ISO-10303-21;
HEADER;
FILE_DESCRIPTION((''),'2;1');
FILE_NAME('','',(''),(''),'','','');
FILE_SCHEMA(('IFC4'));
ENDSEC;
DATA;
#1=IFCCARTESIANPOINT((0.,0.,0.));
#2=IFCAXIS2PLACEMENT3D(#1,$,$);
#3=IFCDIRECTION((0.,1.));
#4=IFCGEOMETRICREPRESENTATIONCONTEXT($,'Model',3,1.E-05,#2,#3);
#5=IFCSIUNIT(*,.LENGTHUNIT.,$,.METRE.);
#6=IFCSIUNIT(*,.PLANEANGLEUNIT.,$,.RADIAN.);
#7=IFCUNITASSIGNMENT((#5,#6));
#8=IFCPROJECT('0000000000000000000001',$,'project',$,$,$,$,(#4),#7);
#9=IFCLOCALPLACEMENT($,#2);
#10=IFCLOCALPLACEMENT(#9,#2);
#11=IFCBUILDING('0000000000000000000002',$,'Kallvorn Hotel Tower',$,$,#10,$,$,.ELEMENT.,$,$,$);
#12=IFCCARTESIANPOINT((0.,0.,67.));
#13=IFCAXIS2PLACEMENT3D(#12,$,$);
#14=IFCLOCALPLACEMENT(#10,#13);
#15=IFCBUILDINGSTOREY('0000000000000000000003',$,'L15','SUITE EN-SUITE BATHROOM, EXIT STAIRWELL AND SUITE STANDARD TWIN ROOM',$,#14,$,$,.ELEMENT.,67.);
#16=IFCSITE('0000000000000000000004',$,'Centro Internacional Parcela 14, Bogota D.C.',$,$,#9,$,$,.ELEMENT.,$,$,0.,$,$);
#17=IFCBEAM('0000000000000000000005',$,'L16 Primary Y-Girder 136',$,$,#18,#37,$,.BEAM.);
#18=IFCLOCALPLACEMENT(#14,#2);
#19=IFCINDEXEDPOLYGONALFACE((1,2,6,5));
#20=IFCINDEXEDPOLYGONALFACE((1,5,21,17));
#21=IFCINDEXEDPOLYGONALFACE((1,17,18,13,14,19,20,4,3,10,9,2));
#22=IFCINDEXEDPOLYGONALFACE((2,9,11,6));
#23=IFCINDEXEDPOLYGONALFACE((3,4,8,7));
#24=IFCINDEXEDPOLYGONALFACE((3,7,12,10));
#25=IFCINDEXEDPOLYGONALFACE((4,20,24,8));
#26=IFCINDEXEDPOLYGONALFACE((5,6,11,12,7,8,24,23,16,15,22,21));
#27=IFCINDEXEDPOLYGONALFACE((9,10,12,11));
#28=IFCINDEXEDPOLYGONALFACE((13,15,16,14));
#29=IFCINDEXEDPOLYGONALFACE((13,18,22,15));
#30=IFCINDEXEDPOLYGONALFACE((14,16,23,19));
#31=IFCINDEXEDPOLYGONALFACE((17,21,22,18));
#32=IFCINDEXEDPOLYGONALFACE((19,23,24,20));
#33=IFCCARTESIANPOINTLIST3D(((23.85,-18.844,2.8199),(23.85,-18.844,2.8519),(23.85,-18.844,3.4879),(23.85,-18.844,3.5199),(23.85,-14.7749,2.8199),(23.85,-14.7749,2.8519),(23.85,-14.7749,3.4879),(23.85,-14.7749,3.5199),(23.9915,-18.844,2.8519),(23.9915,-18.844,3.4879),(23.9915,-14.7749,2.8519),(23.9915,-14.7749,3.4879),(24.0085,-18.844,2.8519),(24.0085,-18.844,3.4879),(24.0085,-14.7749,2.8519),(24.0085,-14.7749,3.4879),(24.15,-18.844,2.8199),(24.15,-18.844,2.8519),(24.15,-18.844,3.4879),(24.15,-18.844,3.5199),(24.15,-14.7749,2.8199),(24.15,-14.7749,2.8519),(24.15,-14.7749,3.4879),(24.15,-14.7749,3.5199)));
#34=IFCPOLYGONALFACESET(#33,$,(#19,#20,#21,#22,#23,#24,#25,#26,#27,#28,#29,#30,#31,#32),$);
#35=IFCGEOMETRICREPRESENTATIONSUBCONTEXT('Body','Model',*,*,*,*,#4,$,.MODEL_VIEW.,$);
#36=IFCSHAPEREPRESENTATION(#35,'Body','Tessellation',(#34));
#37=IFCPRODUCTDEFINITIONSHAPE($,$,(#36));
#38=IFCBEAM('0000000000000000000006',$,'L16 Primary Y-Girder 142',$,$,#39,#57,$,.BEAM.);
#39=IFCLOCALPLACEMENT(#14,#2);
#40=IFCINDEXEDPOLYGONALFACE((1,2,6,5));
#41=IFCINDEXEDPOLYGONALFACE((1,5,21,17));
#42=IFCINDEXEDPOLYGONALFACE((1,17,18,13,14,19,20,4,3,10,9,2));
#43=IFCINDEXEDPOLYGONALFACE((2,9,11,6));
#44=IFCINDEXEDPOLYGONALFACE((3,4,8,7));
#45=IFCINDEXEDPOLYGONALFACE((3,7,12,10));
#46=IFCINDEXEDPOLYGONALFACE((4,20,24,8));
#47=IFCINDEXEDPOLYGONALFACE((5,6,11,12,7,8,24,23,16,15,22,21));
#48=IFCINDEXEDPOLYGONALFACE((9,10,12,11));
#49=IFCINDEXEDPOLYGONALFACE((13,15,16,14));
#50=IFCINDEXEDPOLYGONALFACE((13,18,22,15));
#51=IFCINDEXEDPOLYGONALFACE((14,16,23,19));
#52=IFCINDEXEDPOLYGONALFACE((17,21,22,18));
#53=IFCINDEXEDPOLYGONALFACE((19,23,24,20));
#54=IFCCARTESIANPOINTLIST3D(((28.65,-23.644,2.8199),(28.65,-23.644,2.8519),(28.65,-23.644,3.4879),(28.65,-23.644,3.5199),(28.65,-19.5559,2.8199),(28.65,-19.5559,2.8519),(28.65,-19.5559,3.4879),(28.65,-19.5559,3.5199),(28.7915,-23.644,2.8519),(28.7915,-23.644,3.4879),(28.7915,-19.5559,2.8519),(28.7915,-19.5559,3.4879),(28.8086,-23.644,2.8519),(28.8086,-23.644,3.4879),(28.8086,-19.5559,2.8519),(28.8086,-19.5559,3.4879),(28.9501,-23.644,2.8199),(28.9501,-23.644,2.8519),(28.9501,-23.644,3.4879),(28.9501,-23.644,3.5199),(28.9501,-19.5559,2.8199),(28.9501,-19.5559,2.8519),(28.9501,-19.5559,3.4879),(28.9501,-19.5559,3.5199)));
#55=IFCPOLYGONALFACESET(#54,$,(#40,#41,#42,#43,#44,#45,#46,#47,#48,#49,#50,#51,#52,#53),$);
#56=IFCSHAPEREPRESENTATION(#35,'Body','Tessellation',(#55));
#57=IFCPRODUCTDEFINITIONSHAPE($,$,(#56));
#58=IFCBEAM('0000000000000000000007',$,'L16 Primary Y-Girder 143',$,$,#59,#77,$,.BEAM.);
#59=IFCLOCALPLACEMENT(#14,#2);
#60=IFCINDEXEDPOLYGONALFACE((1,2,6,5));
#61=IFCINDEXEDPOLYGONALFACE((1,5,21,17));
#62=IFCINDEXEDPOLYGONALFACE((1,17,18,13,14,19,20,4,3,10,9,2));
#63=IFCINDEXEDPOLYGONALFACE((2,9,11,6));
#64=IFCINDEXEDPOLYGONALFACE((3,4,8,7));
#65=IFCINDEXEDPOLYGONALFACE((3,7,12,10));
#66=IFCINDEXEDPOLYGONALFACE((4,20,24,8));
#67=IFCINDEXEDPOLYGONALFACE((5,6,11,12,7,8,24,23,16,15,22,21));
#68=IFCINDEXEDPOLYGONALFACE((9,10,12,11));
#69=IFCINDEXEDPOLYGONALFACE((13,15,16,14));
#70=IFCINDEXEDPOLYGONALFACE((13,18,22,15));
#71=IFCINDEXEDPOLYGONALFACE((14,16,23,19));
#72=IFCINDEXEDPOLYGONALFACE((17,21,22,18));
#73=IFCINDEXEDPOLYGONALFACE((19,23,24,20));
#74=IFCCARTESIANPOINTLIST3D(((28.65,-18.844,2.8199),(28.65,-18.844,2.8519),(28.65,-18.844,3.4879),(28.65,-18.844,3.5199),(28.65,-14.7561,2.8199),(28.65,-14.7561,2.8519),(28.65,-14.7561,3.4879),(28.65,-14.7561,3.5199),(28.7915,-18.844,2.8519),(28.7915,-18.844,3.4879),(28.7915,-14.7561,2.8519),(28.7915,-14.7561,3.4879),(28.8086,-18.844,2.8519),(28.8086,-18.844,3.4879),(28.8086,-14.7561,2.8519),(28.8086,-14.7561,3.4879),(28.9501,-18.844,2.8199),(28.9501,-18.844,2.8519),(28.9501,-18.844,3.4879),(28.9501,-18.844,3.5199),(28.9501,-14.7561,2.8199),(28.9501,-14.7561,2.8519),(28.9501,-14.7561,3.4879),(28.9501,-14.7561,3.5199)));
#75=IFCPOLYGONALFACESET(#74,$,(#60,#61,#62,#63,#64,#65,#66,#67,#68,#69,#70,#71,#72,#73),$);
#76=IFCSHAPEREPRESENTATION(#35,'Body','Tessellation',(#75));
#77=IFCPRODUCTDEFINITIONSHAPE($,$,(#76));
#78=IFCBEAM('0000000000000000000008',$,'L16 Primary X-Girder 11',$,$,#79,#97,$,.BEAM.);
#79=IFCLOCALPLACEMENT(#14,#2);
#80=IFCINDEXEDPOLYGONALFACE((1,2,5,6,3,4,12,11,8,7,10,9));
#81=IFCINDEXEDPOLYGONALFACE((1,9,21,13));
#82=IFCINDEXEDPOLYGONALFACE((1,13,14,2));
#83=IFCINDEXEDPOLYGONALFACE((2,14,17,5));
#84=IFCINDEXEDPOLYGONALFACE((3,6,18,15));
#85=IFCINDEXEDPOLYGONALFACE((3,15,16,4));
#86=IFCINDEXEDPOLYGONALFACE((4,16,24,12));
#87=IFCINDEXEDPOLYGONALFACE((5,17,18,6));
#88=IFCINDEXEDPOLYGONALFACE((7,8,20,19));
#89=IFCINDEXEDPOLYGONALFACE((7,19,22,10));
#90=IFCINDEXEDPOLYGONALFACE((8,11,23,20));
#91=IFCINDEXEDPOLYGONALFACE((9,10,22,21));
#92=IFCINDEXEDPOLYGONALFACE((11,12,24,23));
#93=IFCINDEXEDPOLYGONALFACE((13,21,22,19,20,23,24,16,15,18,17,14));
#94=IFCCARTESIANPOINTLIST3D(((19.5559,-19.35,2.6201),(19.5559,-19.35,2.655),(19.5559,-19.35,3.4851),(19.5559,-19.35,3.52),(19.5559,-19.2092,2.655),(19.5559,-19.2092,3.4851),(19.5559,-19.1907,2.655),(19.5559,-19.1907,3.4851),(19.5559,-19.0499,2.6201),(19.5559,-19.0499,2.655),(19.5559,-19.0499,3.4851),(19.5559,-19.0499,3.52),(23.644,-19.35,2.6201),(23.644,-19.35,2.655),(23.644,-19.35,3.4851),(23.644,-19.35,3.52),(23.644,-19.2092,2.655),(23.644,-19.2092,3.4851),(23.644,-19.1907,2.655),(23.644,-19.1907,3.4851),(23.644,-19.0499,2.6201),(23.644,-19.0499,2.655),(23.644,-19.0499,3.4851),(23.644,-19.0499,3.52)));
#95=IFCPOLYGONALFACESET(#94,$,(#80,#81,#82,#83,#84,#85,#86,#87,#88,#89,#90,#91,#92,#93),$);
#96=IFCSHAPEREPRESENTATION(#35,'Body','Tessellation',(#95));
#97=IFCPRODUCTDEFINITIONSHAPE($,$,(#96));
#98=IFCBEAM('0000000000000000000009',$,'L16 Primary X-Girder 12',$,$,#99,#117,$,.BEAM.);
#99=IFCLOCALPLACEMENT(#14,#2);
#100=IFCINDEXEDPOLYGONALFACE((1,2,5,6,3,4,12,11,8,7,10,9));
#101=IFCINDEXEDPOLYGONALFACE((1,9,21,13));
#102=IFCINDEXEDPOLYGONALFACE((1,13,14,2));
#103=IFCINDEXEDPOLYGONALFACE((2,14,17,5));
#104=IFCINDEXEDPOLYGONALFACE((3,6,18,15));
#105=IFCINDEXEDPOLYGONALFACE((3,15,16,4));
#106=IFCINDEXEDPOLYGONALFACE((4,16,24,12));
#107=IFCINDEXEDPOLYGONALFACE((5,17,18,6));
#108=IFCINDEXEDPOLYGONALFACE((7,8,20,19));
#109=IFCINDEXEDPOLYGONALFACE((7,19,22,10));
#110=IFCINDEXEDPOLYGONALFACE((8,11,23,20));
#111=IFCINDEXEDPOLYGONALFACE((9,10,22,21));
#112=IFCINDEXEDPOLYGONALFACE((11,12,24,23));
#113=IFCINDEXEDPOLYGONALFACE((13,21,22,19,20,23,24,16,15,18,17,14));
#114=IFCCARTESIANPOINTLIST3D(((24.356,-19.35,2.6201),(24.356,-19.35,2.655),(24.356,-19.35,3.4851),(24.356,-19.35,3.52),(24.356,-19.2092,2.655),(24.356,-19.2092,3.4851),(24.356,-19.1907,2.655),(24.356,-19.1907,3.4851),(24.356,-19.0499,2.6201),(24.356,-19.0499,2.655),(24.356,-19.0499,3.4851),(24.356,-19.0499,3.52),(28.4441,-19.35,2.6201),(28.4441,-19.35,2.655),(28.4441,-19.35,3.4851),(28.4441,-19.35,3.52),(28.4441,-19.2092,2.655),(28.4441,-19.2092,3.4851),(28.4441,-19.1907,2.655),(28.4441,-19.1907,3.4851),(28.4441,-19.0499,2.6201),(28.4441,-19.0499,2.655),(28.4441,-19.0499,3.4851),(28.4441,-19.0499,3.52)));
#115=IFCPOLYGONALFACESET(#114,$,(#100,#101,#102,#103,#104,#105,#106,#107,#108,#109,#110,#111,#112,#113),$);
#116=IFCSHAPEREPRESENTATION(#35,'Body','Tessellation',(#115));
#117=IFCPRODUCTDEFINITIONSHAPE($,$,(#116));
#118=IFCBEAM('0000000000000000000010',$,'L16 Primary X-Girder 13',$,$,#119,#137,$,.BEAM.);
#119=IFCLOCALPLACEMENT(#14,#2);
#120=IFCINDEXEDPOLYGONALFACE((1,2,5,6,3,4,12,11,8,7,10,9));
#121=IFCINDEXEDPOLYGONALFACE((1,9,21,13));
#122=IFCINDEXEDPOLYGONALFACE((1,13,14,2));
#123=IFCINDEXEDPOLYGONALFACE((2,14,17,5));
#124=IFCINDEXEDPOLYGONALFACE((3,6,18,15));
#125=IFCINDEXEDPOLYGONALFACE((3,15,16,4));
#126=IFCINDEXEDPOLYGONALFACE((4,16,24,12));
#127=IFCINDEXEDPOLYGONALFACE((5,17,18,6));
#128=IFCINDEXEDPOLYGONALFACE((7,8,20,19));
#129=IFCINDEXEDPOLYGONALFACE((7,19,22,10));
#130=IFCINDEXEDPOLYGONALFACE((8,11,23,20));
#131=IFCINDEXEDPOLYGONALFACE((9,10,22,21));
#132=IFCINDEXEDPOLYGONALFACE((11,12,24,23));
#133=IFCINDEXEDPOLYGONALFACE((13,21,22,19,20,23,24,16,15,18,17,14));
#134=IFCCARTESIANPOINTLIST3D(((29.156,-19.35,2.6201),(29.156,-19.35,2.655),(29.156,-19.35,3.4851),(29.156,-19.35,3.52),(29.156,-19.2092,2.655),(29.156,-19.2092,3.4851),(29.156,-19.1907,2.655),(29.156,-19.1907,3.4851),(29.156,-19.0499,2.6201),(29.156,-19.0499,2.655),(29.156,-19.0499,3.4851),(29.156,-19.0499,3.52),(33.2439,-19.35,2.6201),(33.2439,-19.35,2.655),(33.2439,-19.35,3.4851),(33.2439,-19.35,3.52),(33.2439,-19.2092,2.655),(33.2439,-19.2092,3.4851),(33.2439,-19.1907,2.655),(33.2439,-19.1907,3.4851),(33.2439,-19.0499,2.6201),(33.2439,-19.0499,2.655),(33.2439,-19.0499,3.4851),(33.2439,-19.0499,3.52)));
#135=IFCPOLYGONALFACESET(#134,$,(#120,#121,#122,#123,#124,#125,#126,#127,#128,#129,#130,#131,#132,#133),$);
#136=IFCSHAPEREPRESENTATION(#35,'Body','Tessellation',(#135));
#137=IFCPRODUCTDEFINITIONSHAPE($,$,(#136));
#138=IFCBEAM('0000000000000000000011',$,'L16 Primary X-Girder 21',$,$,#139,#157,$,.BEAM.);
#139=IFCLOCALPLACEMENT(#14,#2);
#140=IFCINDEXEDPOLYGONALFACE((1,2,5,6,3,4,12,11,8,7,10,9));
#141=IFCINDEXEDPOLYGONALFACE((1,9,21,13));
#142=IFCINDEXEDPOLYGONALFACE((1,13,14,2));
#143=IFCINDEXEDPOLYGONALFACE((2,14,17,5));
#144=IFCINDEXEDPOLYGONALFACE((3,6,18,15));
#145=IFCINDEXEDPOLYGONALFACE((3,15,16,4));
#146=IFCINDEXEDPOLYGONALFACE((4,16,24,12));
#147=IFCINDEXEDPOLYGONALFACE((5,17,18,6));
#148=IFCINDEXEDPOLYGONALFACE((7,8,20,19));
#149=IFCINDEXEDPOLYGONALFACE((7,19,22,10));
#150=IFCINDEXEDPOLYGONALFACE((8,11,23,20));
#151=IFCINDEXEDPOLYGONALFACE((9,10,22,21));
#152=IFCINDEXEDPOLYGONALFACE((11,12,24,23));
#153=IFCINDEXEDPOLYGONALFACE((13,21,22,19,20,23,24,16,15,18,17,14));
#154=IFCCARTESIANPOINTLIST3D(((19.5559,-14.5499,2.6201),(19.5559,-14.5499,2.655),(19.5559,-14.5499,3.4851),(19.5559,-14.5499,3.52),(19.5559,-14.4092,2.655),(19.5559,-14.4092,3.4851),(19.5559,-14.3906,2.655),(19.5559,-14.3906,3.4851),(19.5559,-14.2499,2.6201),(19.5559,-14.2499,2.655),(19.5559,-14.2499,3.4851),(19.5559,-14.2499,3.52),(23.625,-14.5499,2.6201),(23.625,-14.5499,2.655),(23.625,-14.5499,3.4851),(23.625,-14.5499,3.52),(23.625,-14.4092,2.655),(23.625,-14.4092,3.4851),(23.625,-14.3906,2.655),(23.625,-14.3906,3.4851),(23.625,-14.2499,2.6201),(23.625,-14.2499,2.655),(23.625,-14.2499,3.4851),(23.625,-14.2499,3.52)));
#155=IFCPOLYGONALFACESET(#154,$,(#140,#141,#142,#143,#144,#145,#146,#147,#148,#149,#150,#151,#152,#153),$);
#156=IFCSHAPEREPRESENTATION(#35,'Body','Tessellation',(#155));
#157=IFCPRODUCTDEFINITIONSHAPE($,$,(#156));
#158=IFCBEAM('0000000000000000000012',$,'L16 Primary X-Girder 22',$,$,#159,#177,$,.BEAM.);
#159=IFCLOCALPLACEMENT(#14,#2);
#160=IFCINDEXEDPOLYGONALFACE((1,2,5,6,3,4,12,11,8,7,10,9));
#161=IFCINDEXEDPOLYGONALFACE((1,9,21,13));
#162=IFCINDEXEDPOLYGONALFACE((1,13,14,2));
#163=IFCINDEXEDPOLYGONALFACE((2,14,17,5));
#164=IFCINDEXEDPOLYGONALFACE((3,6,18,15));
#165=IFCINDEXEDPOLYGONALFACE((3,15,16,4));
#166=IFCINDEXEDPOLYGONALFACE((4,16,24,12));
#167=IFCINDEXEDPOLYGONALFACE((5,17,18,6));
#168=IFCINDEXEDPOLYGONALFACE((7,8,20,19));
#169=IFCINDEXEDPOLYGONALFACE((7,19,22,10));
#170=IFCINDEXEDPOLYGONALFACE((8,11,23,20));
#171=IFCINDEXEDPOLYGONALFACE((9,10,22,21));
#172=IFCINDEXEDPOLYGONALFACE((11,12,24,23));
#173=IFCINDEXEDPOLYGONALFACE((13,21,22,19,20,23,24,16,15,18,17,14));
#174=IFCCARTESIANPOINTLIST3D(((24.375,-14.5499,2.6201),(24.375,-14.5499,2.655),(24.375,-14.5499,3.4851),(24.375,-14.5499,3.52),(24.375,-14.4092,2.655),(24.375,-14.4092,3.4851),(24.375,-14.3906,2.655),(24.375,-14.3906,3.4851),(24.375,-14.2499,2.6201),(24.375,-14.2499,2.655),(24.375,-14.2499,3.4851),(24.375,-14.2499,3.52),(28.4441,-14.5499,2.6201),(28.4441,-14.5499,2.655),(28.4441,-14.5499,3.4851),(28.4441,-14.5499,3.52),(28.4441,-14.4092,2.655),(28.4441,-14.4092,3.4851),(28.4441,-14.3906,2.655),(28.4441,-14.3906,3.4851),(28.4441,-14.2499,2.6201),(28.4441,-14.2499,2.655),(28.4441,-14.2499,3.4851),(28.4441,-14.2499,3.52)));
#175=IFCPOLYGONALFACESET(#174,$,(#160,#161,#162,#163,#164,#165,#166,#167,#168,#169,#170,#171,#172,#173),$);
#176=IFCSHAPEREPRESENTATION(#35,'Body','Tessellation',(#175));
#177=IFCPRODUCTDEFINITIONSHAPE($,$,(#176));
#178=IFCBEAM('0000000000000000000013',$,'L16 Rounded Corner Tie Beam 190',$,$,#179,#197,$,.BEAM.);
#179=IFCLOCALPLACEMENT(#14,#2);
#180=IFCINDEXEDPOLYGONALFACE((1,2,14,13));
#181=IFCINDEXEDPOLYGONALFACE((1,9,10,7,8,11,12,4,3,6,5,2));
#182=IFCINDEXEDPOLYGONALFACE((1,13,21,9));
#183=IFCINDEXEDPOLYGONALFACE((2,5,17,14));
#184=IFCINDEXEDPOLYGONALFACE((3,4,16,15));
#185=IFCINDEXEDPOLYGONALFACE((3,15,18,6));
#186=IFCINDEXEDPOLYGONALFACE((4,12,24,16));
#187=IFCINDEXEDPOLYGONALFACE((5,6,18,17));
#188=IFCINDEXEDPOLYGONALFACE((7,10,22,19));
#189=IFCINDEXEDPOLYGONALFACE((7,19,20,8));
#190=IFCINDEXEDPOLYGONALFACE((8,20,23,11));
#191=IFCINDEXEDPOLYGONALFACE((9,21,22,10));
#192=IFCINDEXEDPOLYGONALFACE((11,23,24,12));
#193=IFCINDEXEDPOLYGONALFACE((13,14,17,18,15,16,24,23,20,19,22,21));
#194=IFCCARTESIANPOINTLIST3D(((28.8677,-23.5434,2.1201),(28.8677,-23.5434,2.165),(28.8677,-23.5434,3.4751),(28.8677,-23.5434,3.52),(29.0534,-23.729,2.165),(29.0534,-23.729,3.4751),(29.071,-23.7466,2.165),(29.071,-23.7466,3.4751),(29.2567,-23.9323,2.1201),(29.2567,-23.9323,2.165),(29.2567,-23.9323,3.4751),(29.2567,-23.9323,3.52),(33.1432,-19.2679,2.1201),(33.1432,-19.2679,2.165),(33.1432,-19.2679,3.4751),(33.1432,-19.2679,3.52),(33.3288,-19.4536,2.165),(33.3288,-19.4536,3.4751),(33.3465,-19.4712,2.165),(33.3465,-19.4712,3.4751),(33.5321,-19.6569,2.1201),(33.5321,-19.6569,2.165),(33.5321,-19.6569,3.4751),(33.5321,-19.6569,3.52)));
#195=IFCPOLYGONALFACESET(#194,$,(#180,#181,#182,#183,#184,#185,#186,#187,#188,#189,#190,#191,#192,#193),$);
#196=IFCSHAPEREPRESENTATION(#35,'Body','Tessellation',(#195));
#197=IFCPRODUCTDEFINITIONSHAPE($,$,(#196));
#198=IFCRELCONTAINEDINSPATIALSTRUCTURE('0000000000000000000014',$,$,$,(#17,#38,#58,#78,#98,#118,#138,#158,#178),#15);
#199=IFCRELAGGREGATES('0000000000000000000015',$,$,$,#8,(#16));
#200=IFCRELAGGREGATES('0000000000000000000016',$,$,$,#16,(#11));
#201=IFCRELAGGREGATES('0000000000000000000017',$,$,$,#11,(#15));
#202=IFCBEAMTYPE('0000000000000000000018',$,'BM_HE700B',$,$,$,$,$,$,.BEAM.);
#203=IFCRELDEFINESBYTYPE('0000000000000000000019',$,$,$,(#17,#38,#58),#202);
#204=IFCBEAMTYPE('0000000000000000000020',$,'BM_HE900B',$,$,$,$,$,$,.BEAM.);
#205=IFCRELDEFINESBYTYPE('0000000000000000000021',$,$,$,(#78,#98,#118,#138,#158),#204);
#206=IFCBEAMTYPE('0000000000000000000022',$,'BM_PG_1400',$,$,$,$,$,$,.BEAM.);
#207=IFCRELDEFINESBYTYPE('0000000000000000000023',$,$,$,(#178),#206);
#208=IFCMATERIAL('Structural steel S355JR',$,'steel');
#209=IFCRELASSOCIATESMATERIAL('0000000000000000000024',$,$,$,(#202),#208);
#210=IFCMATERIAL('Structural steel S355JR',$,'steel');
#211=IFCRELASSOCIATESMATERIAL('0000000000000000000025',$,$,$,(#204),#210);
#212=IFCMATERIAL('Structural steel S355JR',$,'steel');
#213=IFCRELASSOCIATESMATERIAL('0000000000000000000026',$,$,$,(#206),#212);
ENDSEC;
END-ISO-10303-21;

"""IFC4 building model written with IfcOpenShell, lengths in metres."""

from ifc_helpers import new_model, si_unit, direction, frame, origin, origin_2d, place, context, subcontext, project, spatial, i_section, extrude, material, material_profile, profile_set, type_object, element, save


model = new_model("IFC4")

# Units and contexts
model_context = context("Model", 3, precision=1e-05, world=origin(), true_north=direction((0.0, 1.0)))
body_context = subcontext(model_context, "Body", "Model", "MODEL_VIEW")
ifc_project = project(units=[si_unit("LENGTHUNIT", "METRE"), si_unit("PLANEANGLEUNIT", "RADIAN")], contexts=[model_context])

# Site, building, storey
site_placement = place(None, origin())
site = spatial("IfcSite", under=ifc_project, at=site_placement, Name="Centro Internacional Parcela 14, Bogota D.C.", CompositionType="ELEMENT", RefElevation=0.0)
building_placement = place(site_placement, origin())
building = spatial("IfcBuilding", under=site, at=building_placement, Name="Kallvorn Hotel Tower", CompositionType="ELEMENT")
storey_placement = place(building_placement, frame((0.0, 0.0, 67.0)))
storey = spatial("IfcBuildingStorey", under=building, at=storey_placement, Name="L15", Description="SUITE EN-SUITE BATHROOM, EXIT STAIRWELL AND SUITE STANDARD TWIN ROOM", CompositionType="ELEMENT", Elevation=67.0)

# Beams
ifc_material_1 = material(Name="Structural steel S355JR", Category="steel")
ifc_material_profile_1 = material_profile(ifc_material_1, i_section(OverallWidth=0.3, OverallDepth=0.7, WebThickness=0.0171, FlangeThickness=0.032, at=origin_2d()), Name="HE 700 B")
ifc_profile_set_1 = profile_set([ifc_material_profile_1], Name="Structural steel S355JR")
beam_type_1 = type_object("IfcBeamType", Name="BM_HE700B", PredefinedType="BEAM", material=ifc_profile_set_1)
beam_1_placement = place(storey_placement, frame((24.0, -18.844, 3.1699), z_axis=(0.0, 1.0, 0.0), x_axis=(-1.0, 0.0, 0.0)))
element("IfcBeam", 1, at=beam_1_placement, inside=storey, type_object=beam_type_1, Name="L16 Primary Y-Girder 136", PredefinedType="BEAM", context=body_context, shape_type="SweptSolid", body=[
    extrude(i_section(OverallWidth=0.3, OverallDepth=0.7, WebThickness=0.0171, FlangeThickness=0.032, at=origin_2d()), origin(), (0.0, 0.0, 1.0), 4.0691),
])
beam_2_placement = place(storey_placement, frame((28.8, -23.644, 3.1699), z_axis=(0.0, 1.0, 0.0), x_axis=(-1.0, 0.0, 0.0)))
element("IfcBeam", 2, at=beam_2_placement, inside=storey, type_object=beam_type_1, Name="L16 Primary Y-Girder 142", PredefinedType="BEAM", context=body_context, shape_type="SweptSolid", body=[
    extrude(i_section(OverallWidth=0.3, OverallDepth=0.7, WebThickness=0.0171, FlangeThickness=0.032, at=origin_2d()), origin(), (0.0, 0.0, 1.0), 4.0881),
])
beam_3_placement = place(storey_placement, frame((28.8, -18.844, 3.1699), z_axis=(0.0, 1.0, 0.0), x_axis=(-1.0, 0.0, 0.0)))
element("IfcBeam", 3, at=beam_3_placement, inside=storey, type_object=beam_type_1, Name="L16 Primary Y-Girder 143", PredefinedType="BEAM", context=body_context, shape_type="SweptSolid", body=[
    extrude(i_section(OverallWidth=0.3, OverallDepth=0.7, WebThickness=0.0171, FlangeThickness=0.032, at=origin_2d()), origin(), (0.0, 0.0, 1.0), 4.0879),
])
ifc_material_2 = material(Name="Structural steel S355JR", Category="steel")
ifc_material_profile_2 = material_profile(ifc_material_2, i_section(OverallWidth=0.3, OverallDepth=0.8999, WebThickness=0.0186, FlangeThickness=0.0349, at=origin_2d()), Name="HE 900 B")
ifc_profile_set_2 = profile_set([ifc_material_profile_2], Name="Structural steel S355JR")
beam_type_2 = type_object("IfcBeamType", Name="BM_HE900B", PredefinedType="BEAM", material=ifc_profile_set_2)
for number, where, z_axis, x_axis, name in (
    (4, (19.5559, -19.2, 3.0701), (1.0, 0.0, 0.0), (0.0, 1.0, 0.0), "L16 Primary X-Girder 11"),
    (5, (24.356, -19.2, 3.0701), (1.0, 0.0, 0.0), (0.0, 1.0, 0.0), "L16 Primary X-Girder 12"),
):
    element("IfcBeam", number, at=place(storey_placement, frame(where, z_axis=z_axis, x_axis=x_axis)), inside=storey, type_object=beam_type_2, Name=name, PredefinedType="BEAM", context=body_context, shape_type="SweptSolid", body=[
        extrude(i_section(OverallWidth=0.3, OverallDepth=0.8999, WebThickness=0.0186, FlangeThickness=0.0349, at=origin_2d()), origin(), (0.0, 0.0, 1.0), 4.0881),
    ])
beam_4_placement = place(storey_placement, frame((29.156, -19.2, 3.0701), z_axis=(1.0, 0.0, 0.0), x_axis=(0.0, 1.0, 0.0)))
element("IfcBeam", 6, at=beam_4_placement, inside=storey, type_object=beam_type_2, Name="L16 Primary X-Girder 13", PredefinedType="BEAM", context=body_context, shape_type="SweptSolid", body=[
    extrude(i_section(OverallWidth=0.3, OverallDepth=0.8999, WebThickness=0.0186, FlangeThickness=0.0349, at=origin_2d()), origin(), (0.0, 0.0, 1.0), 4.0879),
])
for number, where, z_axis, x_axis, name in (
    (7, (19.5559, -14.3999, 3.0701), (1.0, 0.0, 0.0), (0.0, 1.0, 0.0), "L16 Primary X-Girder 21"),
    (8, (24.375, -14.3999, 3.0701), (1.0, 0.0, 0.0), (0.0, 1.0, 0.0), "L16 Primary X-Girder 22"),
):
    element("IfcBeam", number, at=place(storey_placement, frame(where, z_axis=z_axis, x_axis=x_axis)), inside=storey, type_object=beam_type_2, Name=name, PredefinedType="BEAM", context=body_context, shape_type="SweptSolid", body=[
        extrude(i_section(OverallWidth=0.3, OverallDepth=0.8999, WebThickness=0.0186, FlangeThickness=0.0349, at=origin_2d()), origin(), (0.0, 0.0, 1.0), 4.0691),
    ])
ifc_material_3 = material(Name="Structural steel S355JR", Category="steel")
ifc_material_profile_3 = material_profile(ifc_material_3, i_section(OverallWidth=0.55, OverallDepth=1.3999, WebThickness=0.0249, FlangeThickness=0.0449, at=origin_2d()), Name="PG 1400x550x25x45")
ifc_profile_set_3 = profile_set([ifc_material_profile_3], Name="Structural steel S355JR")
beam_type_3 = type_object("IfcBeamType", Name="BM_PG_1400", PredefinedType="BEAM", material=ifc_profile_set_3)
beam_5_placement = place(storey_placement, frame((33.3376, -19.4624, 2.8201), z_axis=(-0.707107, -0.707107, 0.0), x_axis=(0.707107, -0.707107, 0.0)))
element("IfcBeam", 9, at=beam_5_placement, inside=storey, type_object=beam_type_3, Name="L16 Rounded Corner Tie Beam 190", PredefinedType="BEAM", context=body_context, shape_type="SweptSolid", body=[
    extrude(i_section(OverallWidth=0.55, OverallDepth=1.3999, WebThickness=0.0249, FlangeThickness=0.0449, at=origin_2d()), origin(), (0.0, 0.0, 1.0), 6.0464),
])

save(model, "model.ifc")
